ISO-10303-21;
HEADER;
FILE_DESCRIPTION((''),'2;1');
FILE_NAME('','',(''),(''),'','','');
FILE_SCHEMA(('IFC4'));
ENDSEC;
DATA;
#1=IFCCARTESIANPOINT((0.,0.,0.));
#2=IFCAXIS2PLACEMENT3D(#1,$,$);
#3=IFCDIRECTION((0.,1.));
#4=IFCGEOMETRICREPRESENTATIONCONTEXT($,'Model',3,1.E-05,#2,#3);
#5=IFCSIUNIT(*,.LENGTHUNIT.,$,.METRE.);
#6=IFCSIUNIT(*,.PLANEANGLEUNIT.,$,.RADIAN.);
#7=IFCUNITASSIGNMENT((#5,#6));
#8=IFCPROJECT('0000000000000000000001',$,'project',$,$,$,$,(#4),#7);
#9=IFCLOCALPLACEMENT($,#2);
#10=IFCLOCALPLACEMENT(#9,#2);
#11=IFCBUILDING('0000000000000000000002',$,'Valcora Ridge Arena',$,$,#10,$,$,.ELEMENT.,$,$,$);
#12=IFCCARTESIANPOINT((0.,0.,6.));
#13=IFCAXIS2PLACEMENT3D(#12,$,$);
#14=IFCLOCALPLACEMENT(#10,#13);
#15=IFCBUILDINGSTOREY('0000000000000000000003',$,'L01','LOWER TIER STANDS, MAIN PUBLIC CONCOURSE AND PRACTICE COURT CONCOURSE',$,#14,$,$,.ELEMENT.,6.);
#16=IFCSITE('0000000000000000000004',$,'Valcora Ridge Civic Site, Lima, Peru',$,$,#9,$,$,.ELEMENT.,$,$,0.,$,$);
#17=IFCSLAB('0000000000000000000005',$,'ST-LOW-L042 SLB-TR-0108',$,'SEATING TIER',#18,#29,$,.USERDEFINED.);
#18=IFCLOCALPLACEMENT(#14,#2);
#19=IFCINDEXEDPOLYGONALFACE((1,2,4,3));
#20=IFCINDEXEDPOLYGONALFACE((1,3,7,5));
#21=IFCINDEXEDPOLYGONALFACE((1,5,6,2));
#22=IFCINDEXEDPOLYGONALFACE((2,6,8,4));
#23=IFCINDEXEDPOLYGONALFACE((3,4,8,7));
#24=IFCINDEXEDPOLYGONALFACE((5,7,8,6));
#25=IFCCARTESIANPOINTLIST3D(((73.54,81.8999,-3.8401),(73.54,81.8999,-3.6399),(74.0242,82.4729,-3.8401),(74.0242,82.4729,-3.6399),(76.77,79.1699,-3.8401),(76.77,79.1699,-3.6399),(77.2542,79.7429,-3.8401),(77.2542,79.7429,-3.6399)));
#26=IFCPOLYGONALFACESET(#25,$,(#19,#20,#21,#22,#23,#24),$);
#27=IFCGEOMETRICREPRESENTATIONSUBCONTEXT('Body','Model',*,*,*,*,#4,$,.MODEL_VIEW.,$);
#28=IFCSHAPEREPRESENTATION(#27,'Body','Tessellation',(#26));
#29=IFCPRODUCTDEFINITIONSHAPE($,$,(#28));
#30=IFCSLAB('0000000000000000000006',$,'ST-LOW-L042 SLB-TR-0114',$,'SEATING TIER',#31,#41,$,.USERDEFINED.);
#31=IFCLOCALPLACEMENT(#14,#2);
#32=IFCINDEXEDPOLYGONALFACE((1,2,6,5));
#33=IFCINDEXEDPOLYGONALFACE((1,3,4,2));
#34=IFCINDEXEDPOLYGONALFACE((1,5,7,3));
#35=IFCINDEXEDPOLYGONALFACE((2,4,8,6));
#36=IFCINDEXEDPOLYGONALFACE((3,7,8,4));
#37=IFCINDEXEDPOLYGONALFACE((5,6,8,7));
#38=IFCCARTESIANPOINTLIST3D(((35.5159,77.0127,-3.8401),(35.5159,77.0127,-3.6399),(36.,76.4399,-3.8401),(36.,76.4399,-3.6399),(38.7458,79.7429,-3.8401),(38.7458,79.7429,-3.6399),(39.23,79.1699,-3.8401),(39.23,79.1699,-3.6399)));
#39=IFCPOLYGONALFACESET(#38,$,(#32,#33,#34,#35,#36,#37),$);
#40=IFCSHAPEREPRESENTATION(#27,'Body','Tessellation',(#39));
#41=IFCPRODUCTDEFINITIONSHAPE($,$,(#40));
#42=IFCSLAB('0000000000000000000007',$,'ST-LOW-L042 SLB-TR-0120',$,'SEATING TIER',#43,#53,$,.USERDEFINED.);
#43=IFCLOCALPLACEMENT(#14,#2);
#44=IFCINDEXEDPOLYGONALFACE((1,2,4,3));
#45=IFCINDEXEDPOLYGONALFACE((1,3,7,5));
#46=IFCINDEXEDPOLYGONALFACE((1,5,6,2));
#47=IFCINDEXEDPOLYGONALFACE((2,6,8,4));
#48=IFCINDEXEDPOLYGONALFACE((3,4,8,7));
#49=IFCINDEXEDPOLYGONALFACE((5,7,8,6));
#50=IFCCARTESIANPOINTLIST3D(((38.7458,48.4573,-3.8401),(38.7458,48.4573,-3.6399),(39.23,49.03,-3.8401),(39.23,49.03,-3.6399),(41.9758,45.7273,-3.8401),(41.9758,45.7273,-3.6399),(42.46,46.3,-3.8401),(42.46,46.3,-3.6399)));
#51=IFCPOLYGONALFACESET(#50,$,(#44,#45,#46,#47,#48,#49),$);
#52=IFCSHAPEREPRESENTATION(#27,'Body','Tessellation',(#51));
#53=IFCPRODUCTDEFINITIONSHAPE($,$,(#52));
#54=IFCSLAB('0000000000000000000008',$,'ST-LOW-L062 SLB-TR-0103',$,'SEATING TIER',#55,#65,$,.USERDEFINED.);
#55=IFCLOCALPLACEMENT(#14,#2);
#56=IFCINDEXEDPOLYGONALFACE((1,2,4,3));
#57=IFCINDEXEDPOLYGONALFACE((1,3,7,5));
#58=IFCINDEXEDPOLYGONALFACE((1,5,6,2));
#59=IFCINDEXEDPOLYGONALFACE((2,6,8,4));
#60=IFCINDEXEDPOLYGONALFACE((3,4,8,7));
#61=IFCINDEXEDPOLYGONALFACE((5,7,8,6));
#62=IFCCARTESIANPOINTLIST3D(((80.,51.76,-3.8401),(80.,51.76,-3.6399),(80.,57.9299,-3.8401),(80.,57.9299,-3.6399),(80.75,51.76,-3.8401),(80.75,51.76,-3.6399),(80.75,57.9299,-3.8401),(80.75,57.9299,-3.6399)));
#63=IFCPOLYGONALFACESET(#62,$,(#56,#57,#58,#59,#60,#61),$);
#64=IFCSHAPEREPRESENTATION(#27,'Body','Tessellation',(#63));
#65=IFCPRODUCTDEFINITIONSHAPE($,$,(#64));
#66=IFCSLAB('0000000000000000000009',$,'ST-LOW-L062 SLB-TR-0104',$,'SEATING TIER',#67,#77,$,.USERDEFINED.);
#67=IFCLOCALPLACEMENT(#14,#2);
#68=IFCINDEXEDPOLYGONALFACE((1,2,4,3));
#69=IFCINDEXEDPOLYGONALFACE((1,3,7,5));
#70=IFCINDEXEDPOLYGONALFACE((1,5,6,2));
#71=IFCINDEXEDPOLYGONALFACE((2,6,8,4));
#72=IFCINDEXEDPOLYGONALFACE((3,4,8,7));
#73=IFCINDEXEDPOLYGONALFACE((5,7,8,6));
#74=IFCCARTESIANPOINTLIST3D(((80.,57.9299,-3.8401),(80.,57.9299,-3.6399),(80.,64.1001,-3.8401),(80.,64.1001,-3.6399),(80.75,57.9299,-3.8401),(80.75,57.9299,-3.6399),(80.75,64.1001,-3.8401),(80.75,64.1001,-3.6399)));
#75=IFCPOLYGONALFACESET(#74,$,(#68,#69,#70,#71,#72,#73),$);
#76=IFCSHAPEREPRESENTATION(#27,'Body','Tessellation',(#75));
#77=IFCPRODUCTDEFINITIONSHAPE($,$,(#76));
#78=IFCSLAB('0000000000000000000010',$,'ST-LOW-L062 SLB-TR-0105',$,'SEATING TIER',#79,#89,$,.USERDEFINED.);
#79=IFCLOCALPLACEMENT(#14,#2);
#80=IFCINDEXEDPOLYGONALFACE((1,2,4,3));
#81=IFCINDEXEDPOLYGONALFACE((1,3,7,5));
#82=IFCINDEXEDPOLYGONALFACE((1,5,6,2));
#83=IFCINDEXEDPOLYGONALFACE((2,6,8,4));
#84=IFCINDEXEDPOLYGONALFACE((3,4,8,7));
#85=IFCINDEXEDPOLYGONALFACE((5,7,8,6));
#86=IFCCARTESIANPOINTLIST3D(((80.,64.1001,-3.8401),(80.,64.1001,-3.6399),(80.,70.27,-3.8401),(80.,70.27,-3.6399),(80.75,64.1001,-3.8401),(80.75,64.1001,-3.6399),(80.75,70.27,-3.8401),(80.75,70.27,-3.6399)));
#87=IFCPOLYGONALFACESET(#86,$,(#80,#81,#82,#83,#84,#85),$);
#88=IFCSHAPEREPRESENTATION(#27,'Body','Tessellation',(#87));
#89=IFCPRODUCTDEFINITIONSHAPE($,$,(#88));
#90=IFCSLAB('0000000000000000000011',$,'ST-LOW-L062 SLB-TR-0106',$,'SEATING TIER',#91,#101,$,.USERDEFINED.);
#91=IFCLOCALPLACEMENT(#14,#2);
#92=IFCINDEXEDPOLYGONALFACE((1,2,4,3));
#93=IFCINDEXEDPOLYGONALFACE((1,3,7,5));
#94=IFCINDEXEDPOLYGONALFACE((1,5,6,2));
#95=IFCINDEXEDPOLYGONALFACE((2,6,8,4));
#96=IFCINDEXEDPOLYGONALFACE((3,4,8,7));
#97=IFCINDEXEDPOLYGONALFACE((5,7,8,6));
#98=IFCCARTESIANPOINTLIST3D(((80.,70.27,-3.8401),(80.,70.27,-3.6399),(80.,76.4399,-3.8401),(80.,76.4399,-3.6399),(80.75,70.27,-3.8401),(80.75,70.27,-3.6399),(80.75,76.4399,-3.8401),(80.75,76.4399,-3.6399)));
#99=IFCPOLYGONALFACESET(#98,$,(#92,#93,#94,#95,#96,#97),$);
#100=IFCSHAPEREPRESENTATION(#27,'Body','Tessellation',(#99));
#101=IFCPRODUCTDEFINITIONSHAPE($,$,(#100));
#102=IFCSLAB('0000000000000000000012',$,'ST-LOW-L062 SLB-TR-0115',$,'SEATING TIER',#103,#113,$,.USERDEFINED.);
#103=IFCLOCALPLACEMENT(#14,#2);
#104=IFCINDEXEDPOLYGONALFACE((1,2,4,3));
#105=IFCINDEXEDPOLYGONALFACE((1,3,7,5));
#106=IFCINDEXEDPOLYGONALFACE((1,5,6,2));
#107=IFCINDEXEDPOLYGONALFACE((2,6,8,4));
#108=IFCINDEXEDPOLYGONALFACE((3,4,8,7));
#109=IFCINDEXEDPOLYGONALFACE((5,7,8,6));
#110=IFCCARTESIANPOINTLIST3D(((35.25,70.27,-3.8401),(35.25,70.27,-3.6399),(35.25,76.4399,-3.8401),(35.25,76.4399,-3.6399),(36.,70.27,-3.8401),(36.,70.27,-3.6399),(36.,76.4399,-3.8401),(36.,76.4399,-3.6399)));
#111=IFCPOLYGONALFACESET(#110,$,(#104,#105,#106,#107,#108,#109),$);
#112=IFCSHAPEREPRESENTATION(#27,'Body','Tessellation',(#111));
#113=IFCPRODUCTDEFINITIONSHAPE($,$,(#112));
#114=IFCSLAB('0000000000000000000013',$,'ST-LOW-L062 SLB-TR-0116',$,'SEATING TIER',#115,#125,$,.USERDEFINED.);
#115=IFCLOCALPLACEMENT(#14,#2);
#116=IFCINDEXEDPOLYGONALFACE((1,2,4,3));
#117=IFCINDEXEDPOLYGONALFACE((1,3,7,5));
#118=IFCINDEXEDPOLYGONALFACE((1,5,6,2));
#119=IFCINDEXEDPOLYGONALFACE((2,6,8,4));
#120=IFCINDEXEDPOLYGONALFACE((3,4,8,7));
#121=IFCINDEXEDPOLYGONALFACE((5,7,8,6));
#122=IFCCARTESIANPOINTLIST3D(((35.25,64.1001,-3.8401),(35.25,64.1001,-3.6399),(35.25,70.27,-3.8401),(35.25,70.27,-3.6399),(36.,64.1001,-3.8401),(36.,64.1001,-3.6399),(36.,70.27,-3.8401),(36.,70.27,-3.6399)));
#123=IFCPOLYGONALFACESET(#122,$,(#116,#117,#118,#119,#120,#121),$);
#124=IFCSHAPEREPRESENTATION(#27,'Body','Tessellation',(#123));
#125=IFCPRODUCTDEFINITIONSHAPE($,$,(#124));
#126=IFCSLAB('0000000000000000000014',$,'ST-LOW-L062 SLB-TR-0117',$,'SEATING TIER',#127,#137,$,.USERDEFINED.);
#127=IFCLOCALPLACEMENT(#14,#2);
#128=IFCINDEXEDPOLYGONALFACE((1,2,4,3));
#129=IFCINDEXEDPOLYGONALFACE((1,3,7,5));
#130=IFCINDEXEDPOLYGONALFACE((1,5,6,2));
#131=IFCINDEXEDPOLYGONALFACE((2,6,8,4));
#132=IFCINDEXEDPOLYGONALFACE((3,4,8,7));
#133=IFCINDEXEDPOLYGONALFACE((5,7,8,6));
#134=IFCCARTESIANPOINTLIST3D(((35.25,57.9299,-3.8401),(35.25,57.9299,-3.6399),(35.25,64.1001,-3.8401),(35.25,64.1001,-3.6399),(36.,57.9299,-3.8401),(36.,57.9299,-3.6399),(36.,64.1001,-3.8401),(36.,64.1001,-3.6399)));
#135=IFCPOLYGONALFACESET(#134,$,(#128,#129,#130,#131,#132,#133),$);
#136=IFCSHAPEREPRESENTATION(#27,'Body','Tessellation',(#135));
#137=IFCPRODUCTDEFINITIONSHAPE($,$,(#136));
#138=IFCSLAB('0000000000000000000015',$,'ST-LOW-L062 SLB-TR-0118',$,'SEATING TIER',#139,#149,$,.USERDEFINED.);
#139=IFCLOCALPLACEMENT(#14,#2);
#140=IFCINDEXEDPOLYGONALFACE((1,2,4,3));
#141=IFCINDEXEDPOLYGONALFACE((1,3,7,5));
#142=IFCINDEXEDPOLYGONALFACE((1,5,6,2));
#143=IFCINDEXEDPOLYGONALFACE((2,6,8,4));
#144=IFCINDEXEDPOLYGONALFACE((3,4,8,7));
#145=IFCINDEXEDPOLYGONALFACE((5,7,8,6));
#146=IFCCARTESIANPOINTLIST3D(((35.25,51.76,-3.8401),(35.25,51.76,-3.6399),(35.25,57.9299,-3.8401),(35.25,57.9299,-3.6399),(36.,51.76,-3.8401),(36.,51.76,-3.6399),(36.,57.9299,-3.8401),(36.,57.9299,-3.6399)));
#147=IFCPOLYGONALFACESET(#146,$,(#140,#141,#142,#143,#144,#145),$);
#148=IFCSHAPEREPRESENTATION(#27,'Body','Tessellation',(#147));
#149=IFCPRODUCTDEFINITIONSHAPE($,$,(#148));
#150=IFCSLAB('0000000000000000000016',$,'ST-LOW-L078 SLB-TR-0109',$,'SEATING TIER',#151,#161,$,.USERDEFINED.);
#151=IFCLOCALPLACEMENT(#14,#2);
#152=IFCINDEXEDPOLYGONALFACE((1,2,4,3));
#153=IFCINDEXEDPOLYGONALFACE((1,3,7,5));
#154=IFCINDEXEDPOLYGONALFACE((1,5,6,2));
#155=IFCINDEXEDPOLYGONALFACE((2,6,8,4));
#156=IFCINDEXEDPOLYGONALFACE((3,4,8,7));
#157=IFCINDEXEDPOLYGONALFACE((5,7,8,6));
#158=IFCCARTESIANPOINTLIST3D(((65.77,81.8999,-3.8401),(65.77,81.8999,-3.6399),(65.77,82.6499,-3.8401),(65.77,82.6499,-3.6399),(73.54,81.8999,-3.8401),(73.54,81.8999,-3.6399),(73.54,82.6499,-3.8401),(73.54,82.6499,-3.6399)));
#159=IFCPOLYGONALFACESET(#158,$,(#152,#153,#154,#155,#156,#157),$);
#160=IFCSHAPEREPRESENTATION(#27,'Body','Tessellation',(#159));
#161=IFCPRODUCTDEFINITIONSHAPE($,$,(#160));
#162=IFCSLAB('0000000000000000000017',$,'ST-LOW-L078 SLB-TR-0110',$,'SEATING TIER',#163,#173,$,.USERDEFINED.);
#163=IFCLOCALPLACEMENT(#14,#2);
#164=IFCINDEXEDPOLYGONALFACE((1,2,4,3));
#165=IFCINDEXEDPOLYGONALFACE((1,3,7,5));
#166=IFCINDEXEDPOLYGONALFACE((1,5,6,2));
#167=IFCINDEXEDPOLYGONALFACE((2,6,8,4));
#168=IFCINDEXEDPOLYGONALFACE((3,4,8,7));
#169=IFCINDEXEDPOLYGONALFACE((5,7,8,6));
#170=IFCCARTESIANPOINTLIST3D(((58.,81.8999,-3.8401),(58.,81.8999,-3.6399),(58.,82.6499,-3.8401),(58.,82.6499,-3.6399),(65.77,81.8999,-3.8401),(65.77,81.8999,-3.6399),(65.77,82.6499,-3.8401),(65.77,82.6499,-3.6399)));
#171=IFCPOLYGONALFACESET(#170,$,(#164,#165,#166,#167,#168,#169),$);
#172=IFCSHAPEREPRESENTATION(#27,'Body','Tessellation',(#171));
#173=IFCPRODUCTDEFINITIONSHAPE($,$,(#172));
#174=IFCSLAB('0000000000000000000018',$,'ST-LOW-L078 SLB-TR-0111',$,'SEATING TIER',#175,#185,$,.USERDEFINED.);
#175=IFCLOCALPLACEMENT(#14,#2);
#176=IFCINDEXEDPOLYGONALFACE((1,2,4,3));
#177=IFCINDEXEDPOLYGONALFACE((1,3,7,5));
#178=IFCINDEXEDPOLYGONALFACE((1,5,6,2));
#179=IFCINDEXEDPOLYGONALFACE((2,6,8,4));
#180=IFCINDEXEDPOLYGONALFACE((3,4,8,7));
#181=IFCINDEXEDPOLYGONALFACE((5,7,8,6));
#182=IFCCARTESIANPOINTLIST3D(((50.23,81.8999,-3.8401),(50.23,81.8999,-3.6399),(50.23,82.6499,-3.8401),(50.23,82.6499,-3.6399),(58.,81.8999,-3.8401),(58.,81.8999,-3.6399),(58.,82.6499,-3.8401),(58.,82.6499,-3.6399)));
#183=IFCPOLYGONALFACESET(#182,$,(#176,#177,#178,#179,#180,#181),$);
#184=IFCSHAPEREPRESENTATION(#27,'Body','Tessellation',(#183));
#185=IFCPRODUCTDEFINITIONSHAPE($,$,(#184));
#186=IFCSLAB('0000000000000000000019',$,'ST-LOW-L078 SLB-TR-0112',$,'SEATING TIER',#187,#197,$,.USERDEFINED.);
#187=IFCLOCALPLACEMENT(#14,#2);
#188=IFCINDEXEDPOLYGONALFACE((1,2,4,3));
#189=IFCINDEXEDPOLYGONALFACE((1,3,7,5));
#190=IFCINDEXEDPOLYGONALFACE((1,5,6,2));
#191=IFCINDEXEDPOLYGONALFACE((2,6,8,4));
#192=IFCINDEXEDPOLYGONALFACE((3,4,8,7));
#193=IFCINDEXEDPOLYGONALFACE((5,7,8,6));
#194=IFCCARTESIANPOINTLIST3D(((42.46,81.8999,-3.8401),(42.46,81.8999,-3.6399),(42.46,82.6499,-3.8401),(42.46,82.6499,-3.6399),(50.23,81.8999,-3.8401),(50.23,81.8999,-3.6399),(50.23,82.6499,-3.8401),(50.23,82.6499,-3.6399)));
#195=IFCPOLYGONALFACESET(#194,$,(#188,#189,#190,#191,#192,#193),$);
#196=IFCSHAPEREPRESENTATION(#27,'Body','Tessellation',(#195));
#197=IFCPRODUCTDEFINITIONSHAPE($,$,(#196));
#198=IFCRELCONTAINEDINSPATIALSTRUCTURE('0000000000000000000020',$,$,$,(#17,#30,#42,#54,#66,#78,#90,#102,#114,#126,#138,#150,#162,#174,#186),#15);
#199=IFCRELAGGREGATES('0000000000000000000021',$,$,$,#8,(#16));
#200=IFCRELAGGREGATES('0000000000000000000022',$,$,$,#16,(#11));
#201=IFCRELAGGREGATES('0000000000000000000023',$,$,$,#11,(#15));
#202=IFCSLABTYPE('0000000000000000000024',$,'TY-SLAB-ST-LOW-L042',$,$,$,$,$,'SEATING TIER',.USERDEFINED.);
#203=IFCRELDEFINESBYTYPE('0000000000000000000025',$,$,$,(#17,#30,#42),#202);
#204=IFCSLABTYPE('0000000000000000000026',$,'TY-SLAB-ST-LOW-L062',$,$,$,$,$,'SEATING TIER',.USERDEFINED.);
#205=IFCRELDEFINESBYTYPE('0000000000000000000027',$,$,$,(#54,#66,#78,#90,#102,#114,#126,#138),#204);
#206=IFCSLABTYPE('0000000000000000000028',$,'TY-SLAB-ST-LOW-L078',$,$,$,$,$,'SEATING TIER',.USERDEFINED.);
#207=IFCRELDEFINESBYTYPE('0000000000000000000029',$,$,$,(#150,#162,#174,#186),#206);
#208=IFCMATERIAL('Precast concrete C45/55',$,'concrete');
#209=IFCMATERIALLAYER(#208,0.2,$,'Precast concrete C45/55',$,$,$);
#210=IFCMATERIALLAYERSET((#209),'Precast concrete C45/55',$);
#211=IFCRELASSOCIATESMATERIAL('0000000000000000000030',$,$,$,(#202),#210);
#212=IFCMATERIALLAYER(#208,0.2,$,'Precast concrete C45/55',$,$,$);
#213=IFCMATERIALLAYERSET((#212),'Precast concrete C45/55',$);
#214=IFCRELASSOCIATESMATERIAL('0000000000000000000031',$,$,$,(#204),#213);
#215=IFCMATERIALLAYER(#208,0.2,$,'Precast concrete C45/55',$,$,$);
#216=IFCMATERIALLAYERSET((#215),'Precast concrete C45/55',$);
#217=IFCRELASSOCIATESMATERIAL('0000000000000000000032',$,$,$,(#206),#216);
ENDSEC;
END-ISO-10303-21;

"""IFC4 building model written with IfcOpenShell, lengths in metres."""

from ifc_helpers import new_model, si_unit, direction, frame, origin, place, context, subcontext, project, spatial, polyline, outline, extrude, material, layer, layer_set, type_object, element, save


model = new_model("IFC4")

# Units and contexts
model_context = context("Model", 3, precision=1e-05, world=origin(), true_north=direction((0.0, 1.0)))
body_context = subcontext(model_context, "Body", "Model", "MODEL_VIEW")
ifc_project = project(units=[si_unit("LENGTHUNIT", "METRE"), si_unit("PLANEANGLEUNIT", "RADIAN")], contexts=[model_context])

# Site, building, storey
site_placement = place(None, origin())
site = spatial("IfcSite", under=ifc_project, at=site_placement, Name="Valcora Ridge Civic Site, Lima, Peru", CompositionType="ELEMENT", RefElevation=0.0)
building_placement = place(site_placement, origin())
building = spatial("IfcBuilding", under=site, at=building_placement, Name="Valcora Ridge Arena", CompositionType="ELEMENT")
storey_placement = place(building_placement, frame((0.0, 0.0, 6.0)))
storey = spatial("IfcBuildingStorey", under=building, at=storey_placement, Name="L01", Description="LOWER TIER STANDS, MAIN PUBLIC CONCOURSE AND PRACTICE COURT CONCOURSE", CompositionType="ELEMENT", Elevation=6.0)

# Slabs
ifc_material = material(Name="Precast concrete C45/55", Category="concrete")
ifc_layer_1 = layer(ifc_material, 0.2, Name="Precast concrete C45/55")
ifc_layer_set_1 = layer_set([ifc_layer_1], Name="Precast concrete C45/55")
slab_type_1 = type_object("IfcSlabType", Name="TY-SLAB-ST-LOW-L042", ElementType="SEATING TIER", PredefinedType="USERDEFINED", material=ifc_layer_set_1)
slab_1_placement = place(storey_placement, frame((0.0, 0.0, -3.8401)))
element("IfcSlab", 1, at=slab_1_placement, inside=storey, type_object=slab_type_1, Name="ST-LOW-L042 SLB-TR-0108", ObjectType="SEATING TIER", PredefinedType="USERDEFINED", context=body_context, shape_type="SweptSolid", body=[
    extrude(outline(polyline([(76.77, 79.1699), (73.54, 81.8999), (74.0242, 82.4729), (77.2542, 79.7429), (76.77, 79.1699)])), origin(), (0.0, 0.0, 1.0), 0.2002),
])
slab_2_placement = place(storey_placement, frame((0.0, 0.0, -3.8401)))
element("IfcSlab", 2, at=slab_2_placement, inside=storey, type_object=slab_type_1, Name="ST-LOW-L042 SLB-TR-0114", ObjectType="SEATING TIER", PredefinedType="USERDEFINED", context=body_context, shape_type="SweptSolid", body=[
    extrude(outline(polyline([(39.23, 79.1699), (36.0, 76.4399), (35.5159, 77.0127), (38.7458, 79.7429), (39.23, 79.1699)])), origin(), (0.0, 0.0, 1.0), 0.2002),
])
slab_3_placement = place(storey_placement, frame((0.0, 0.0, -3.8401)))
element("IfcSlab", 3, at=slab_3_placement, inside=storey, type_object=slab_type_1, Name="ST-LOW-L042 SLB-TR-0120", ObjectType="SEATING TIER", PredefinedType="USERDEFINED", context=body_context, shape_type="SweptSolid", body=[
    extrude(outline(polyline([(39.23, 49.03), (42.46, 46.3), (41.9758, 45.7273), (38.7458, 48.4573), (39.23, 49.03)])), origin(), (0.0, 0.0, 1.0), 0.2002),
])
ifc_layer_2 = layer(ifc_material, 0.2, Name="Precast concrete C45/55")
ifc_layer_set_2 = layer_set([ifc_layer_2], Name="Precast concrete C45/55")
slab_type_2 = type_object("IfcSlabType", Name="TY-SLAB-ST-LOW-L062", ElementType="SEATING TIER", PredefinedType="USERDEFINED", material=ifc_layer_set_2)
slab_4_placement = place(storey_placement, frame((0.0, 0.0, -3.8401)))
element("IfcSlab", 4, at=slab_4_placement, inside=storey, type_object=slab_type_2, Name="ST-LOW-L062 SLB-TR-0103", ObjectType="SEATING TIER", PredefinedType="USERDEFINED", context=body_context, shape_type="SweptSolid", body=[
    extrude(outline(polyline([(80.0, 51.76), (80.0, 57.9299), (80.75, 57.9299), (80.75, 51.76), (80.0, 51.76)])), origin(), (0.0, 0.0, 1.0), 0.2002),
])
slab_5_placement = place(storey_placement, frame((0.0, 0.0, -3.8401)))
element("IfcSlab", 5, at=slab_5_placement, inside=storey, type_object=slab_type_2, Name="ST-LOW-L062 SLB-TR-0104", ObjectType="SEATING TIER", PredefinedType="USERDEFINED", context=body_context, shape_type="SweptSolid", body=[
    extrude(outline(polyline([(80.0, 57.9299), (80.0, 64.1001), (80.75, 64.1001), (80.75, 57.9299), (80.0, 57.9299)])), origin(), (0.0, 0.0, 1.0), 0.2002),
])
slab_6_placement = place(storey_placement, frame((0.0, 0.0, -3.8401)))
element("IfcSlab", 6, at=slab_6_placement, inside=storey, type_object=slab_type_2, Name="ST-LOW-L062 SLB-TR-0105", ObjectType="SEATING TIER", PredefinedType="USERDEFINED", context=body_context, shape_type="SweptSolid", body=[
    extrude(outline(polyline([(80.0, 64.1001), (80.0, 70.27), (80.75, 70.27), (80.75, 64.1001), (80.0, 64.1001)])), origin(), (0.0, 0.0, 1.0), 0.2002),
])
slab_7_placement = place(storey_placement, frame((0.0, 0.0, -3.8401)))
element("IfcSlab", 7, at=slab_7_placement, inside=storey, type_object=slab_type_2, Name="ST-LOW-L062 SLB-TR-0106", ObjectType="SEATING TIER", PredefinedType="USERDEFINED", context=body_context, shape_type="SweptSolid", body=[
    extrude(outline(polyline([(80.0, 70.27), (80.0, 76.4399), (80.75, 76.4399), (80.75, 70.27), (80.0, 70.27)])), origin(), (0.0, 0.0, 1.0), 0.2002),
])
slab_8_placement = place(storey_placement, frame((0.0, 0.0, -3.8401)))
element("IfcSlab", 8, at=slab_8_placement, inside=storey, type_object=slab_type_2, Name="ST-LOW-L062 SLB-TR-0115", ObjectType="SEATING TIER", PredefinedType="USERDEFINED", context=body_context, shape_type="SweptSolid", body=[
    extrude(outline(polyline([(36.0, 76.4399), (36.0, 70.27), (35.25, 70.27), (35.25, 76.4399), (36.0, 76.4399)])), origin(), (0.0, 0.0, 1.0), 0.2002),
])
slab_9_placement = place(storey_placement, frame((0.0, 0.0, -3.8401)))
element("IfcSlab", 9, at=slab_9_placement, inside=storey, type_object=slab_type_2, Name="ST-LOW-L062 SLB-TR-0116", ObjectType="SEATING TIER", PredefinedType="USERDEFINED", context=body_context, shape_type="SweptSolid", body=[
    extrude(outline(polyline([(36.0, 70.27), (36.0, 64.1001), (35.25, 64.1001), (35.25, 70.27), (36.0, 70.27)])), origin(), (0.0, 0.0, 1.0), 0.2002),
])
slab_10_placement = place(storey_placement, frame((0.0, 0.0, -3.8401)))
element("IfcSlab", 10, at=slab_10_placement, inside=storey, type_object=slab_type_2, Name="ST-LOW-L062 SLB-TR-0117", ObjectType="SEATING TIER", PredefinedType="USERDEFINED", context=body_context, shape_type="SweptSolid", body=[
    extrude(outline(polyline([(36.0, 64.1001), (36.0, 57.9299), (35.25, 57.9299), (35.25, 64.1001), (36.0, 64.1001)])), origin(), (0.0, 0.0, 1.0), 0.2002),
])
slab_11_placement = place(storey_placement, frame((0.0, 0.0, -3.8401)))
element("IfcSlab", 11, at=slab_11_placement, inside=storey, type_object=slab_type_2, Name="ST-LOW-L062 SLB-TR-0118", ObjectType="SEATING TIER", PredefinedType="USERDEFINED", context=body_context, shape_type="SweptSolid", body=[
    extrude(outline(polyline([(36.0, 57.9299), (36.0, 51.76), (35.25, 51.76), (35.25, 57.9299), (36.0, 57.9299)])), origin(), (0.0, 0.0, 1.0), 0.2002),
])
ifc_layer_3 = layer(ifc_material, 0.2, Name="Precast concrete C45/55")
ifc_layer_set_3 = layer_set([ifc_layer_3], Name="Precast concrete C45/55")
slab_type_3 = type_object("IfcSlabType", Name="TY-SLAB-ST-LOW-L078", ElementType="SEATING TIER", PredefinedType="USERDEFINED", material=ifc_layer_set_3)
slab_12_placement = place(storey_placement, frame((0.0, 0.0, -3.8401)))
element("IfcSlab", 12, at=slab_12_placement, inside=storey, type_object=slab_type_3, Name="ST-LOW-L078 SLB-TR-0109", ObjectType="SEATING TIER", PredefinedType="USERDEFINED", context=body_context, shape_type="SweptSolid", body=[
    extrude(outline(polyline([(73.54, 81.8999), (65.77, 81.8999), (65.77, 82.6499), (73.54, 82.6499), (73.54, 81.8999)])), origin(), (0.0, 0.0, 1.0), 0.2002),
])
slab_13_placement = place(storey_placement, frame((0.0, 0.0, -3.8401)))
element("IfcSlab", 13, at=slab_13_placement, inside=storey, type_object=slab_type_3, Name="ST-LOW-L078 SLB-TR-0110", ObjectType="SEATING TIER", PredefinedType="USERDEFINED", context=body_context, shape_type="SweptSolid", body=[
    extrude(outline(polyline([(65.77, 81.8999), (58.0, 81.8999), (58.0, 82.6499), (65.77, 82.6499), (65.77, 81.8999)])), origin(), (0.0, 0.0, 1.0), 0.2002),
])
slab_14_placement = place(storey_placement, frame((0.0, 0.0, -3.8401)))
element("IfcSlab", 14, at=slab_14_placement, inside=storey, type_object=slab_type_3, Name="ST-LOW-L078 SLB-TR-0111", ObjectType="SEATING TIER", PredefinedType="USERDEFINED", context=body_context, shape_type="SweptSolid", body=[
    extrude(outline(polyline([(58.0, 81.8999), (50.23, 81.8999), (50.23, 82.6499), (58.0, 82.6499), (58.0, 81.8999)])), origin(), (0.0, 0.0, 1.0), 0.2002),
])
slab_15_placement = place(storey_placement, frame((0.0, 0.0, -3.8401)))
element("IfcSlab", 15, at=slab_15_placement, inside=storey, type_object=slab_type_3, Name="ST-LOW-L078 SLB-TR-0112", ObjectType="SEATING TIER", PredefinedType="USERDEFINED", context=body_context, shape_type="SweptSolid", body=[
    extrude(outline(polyline([(50.23, 81.8999), (42.46, 81.8999), (42.46, 82.6499), (50.23, 82.6499), (50.23, 81.8999)])), origin(), (0.0, 0.0, 1.0), 0.2002),
])

save(model, "model.ifc")
